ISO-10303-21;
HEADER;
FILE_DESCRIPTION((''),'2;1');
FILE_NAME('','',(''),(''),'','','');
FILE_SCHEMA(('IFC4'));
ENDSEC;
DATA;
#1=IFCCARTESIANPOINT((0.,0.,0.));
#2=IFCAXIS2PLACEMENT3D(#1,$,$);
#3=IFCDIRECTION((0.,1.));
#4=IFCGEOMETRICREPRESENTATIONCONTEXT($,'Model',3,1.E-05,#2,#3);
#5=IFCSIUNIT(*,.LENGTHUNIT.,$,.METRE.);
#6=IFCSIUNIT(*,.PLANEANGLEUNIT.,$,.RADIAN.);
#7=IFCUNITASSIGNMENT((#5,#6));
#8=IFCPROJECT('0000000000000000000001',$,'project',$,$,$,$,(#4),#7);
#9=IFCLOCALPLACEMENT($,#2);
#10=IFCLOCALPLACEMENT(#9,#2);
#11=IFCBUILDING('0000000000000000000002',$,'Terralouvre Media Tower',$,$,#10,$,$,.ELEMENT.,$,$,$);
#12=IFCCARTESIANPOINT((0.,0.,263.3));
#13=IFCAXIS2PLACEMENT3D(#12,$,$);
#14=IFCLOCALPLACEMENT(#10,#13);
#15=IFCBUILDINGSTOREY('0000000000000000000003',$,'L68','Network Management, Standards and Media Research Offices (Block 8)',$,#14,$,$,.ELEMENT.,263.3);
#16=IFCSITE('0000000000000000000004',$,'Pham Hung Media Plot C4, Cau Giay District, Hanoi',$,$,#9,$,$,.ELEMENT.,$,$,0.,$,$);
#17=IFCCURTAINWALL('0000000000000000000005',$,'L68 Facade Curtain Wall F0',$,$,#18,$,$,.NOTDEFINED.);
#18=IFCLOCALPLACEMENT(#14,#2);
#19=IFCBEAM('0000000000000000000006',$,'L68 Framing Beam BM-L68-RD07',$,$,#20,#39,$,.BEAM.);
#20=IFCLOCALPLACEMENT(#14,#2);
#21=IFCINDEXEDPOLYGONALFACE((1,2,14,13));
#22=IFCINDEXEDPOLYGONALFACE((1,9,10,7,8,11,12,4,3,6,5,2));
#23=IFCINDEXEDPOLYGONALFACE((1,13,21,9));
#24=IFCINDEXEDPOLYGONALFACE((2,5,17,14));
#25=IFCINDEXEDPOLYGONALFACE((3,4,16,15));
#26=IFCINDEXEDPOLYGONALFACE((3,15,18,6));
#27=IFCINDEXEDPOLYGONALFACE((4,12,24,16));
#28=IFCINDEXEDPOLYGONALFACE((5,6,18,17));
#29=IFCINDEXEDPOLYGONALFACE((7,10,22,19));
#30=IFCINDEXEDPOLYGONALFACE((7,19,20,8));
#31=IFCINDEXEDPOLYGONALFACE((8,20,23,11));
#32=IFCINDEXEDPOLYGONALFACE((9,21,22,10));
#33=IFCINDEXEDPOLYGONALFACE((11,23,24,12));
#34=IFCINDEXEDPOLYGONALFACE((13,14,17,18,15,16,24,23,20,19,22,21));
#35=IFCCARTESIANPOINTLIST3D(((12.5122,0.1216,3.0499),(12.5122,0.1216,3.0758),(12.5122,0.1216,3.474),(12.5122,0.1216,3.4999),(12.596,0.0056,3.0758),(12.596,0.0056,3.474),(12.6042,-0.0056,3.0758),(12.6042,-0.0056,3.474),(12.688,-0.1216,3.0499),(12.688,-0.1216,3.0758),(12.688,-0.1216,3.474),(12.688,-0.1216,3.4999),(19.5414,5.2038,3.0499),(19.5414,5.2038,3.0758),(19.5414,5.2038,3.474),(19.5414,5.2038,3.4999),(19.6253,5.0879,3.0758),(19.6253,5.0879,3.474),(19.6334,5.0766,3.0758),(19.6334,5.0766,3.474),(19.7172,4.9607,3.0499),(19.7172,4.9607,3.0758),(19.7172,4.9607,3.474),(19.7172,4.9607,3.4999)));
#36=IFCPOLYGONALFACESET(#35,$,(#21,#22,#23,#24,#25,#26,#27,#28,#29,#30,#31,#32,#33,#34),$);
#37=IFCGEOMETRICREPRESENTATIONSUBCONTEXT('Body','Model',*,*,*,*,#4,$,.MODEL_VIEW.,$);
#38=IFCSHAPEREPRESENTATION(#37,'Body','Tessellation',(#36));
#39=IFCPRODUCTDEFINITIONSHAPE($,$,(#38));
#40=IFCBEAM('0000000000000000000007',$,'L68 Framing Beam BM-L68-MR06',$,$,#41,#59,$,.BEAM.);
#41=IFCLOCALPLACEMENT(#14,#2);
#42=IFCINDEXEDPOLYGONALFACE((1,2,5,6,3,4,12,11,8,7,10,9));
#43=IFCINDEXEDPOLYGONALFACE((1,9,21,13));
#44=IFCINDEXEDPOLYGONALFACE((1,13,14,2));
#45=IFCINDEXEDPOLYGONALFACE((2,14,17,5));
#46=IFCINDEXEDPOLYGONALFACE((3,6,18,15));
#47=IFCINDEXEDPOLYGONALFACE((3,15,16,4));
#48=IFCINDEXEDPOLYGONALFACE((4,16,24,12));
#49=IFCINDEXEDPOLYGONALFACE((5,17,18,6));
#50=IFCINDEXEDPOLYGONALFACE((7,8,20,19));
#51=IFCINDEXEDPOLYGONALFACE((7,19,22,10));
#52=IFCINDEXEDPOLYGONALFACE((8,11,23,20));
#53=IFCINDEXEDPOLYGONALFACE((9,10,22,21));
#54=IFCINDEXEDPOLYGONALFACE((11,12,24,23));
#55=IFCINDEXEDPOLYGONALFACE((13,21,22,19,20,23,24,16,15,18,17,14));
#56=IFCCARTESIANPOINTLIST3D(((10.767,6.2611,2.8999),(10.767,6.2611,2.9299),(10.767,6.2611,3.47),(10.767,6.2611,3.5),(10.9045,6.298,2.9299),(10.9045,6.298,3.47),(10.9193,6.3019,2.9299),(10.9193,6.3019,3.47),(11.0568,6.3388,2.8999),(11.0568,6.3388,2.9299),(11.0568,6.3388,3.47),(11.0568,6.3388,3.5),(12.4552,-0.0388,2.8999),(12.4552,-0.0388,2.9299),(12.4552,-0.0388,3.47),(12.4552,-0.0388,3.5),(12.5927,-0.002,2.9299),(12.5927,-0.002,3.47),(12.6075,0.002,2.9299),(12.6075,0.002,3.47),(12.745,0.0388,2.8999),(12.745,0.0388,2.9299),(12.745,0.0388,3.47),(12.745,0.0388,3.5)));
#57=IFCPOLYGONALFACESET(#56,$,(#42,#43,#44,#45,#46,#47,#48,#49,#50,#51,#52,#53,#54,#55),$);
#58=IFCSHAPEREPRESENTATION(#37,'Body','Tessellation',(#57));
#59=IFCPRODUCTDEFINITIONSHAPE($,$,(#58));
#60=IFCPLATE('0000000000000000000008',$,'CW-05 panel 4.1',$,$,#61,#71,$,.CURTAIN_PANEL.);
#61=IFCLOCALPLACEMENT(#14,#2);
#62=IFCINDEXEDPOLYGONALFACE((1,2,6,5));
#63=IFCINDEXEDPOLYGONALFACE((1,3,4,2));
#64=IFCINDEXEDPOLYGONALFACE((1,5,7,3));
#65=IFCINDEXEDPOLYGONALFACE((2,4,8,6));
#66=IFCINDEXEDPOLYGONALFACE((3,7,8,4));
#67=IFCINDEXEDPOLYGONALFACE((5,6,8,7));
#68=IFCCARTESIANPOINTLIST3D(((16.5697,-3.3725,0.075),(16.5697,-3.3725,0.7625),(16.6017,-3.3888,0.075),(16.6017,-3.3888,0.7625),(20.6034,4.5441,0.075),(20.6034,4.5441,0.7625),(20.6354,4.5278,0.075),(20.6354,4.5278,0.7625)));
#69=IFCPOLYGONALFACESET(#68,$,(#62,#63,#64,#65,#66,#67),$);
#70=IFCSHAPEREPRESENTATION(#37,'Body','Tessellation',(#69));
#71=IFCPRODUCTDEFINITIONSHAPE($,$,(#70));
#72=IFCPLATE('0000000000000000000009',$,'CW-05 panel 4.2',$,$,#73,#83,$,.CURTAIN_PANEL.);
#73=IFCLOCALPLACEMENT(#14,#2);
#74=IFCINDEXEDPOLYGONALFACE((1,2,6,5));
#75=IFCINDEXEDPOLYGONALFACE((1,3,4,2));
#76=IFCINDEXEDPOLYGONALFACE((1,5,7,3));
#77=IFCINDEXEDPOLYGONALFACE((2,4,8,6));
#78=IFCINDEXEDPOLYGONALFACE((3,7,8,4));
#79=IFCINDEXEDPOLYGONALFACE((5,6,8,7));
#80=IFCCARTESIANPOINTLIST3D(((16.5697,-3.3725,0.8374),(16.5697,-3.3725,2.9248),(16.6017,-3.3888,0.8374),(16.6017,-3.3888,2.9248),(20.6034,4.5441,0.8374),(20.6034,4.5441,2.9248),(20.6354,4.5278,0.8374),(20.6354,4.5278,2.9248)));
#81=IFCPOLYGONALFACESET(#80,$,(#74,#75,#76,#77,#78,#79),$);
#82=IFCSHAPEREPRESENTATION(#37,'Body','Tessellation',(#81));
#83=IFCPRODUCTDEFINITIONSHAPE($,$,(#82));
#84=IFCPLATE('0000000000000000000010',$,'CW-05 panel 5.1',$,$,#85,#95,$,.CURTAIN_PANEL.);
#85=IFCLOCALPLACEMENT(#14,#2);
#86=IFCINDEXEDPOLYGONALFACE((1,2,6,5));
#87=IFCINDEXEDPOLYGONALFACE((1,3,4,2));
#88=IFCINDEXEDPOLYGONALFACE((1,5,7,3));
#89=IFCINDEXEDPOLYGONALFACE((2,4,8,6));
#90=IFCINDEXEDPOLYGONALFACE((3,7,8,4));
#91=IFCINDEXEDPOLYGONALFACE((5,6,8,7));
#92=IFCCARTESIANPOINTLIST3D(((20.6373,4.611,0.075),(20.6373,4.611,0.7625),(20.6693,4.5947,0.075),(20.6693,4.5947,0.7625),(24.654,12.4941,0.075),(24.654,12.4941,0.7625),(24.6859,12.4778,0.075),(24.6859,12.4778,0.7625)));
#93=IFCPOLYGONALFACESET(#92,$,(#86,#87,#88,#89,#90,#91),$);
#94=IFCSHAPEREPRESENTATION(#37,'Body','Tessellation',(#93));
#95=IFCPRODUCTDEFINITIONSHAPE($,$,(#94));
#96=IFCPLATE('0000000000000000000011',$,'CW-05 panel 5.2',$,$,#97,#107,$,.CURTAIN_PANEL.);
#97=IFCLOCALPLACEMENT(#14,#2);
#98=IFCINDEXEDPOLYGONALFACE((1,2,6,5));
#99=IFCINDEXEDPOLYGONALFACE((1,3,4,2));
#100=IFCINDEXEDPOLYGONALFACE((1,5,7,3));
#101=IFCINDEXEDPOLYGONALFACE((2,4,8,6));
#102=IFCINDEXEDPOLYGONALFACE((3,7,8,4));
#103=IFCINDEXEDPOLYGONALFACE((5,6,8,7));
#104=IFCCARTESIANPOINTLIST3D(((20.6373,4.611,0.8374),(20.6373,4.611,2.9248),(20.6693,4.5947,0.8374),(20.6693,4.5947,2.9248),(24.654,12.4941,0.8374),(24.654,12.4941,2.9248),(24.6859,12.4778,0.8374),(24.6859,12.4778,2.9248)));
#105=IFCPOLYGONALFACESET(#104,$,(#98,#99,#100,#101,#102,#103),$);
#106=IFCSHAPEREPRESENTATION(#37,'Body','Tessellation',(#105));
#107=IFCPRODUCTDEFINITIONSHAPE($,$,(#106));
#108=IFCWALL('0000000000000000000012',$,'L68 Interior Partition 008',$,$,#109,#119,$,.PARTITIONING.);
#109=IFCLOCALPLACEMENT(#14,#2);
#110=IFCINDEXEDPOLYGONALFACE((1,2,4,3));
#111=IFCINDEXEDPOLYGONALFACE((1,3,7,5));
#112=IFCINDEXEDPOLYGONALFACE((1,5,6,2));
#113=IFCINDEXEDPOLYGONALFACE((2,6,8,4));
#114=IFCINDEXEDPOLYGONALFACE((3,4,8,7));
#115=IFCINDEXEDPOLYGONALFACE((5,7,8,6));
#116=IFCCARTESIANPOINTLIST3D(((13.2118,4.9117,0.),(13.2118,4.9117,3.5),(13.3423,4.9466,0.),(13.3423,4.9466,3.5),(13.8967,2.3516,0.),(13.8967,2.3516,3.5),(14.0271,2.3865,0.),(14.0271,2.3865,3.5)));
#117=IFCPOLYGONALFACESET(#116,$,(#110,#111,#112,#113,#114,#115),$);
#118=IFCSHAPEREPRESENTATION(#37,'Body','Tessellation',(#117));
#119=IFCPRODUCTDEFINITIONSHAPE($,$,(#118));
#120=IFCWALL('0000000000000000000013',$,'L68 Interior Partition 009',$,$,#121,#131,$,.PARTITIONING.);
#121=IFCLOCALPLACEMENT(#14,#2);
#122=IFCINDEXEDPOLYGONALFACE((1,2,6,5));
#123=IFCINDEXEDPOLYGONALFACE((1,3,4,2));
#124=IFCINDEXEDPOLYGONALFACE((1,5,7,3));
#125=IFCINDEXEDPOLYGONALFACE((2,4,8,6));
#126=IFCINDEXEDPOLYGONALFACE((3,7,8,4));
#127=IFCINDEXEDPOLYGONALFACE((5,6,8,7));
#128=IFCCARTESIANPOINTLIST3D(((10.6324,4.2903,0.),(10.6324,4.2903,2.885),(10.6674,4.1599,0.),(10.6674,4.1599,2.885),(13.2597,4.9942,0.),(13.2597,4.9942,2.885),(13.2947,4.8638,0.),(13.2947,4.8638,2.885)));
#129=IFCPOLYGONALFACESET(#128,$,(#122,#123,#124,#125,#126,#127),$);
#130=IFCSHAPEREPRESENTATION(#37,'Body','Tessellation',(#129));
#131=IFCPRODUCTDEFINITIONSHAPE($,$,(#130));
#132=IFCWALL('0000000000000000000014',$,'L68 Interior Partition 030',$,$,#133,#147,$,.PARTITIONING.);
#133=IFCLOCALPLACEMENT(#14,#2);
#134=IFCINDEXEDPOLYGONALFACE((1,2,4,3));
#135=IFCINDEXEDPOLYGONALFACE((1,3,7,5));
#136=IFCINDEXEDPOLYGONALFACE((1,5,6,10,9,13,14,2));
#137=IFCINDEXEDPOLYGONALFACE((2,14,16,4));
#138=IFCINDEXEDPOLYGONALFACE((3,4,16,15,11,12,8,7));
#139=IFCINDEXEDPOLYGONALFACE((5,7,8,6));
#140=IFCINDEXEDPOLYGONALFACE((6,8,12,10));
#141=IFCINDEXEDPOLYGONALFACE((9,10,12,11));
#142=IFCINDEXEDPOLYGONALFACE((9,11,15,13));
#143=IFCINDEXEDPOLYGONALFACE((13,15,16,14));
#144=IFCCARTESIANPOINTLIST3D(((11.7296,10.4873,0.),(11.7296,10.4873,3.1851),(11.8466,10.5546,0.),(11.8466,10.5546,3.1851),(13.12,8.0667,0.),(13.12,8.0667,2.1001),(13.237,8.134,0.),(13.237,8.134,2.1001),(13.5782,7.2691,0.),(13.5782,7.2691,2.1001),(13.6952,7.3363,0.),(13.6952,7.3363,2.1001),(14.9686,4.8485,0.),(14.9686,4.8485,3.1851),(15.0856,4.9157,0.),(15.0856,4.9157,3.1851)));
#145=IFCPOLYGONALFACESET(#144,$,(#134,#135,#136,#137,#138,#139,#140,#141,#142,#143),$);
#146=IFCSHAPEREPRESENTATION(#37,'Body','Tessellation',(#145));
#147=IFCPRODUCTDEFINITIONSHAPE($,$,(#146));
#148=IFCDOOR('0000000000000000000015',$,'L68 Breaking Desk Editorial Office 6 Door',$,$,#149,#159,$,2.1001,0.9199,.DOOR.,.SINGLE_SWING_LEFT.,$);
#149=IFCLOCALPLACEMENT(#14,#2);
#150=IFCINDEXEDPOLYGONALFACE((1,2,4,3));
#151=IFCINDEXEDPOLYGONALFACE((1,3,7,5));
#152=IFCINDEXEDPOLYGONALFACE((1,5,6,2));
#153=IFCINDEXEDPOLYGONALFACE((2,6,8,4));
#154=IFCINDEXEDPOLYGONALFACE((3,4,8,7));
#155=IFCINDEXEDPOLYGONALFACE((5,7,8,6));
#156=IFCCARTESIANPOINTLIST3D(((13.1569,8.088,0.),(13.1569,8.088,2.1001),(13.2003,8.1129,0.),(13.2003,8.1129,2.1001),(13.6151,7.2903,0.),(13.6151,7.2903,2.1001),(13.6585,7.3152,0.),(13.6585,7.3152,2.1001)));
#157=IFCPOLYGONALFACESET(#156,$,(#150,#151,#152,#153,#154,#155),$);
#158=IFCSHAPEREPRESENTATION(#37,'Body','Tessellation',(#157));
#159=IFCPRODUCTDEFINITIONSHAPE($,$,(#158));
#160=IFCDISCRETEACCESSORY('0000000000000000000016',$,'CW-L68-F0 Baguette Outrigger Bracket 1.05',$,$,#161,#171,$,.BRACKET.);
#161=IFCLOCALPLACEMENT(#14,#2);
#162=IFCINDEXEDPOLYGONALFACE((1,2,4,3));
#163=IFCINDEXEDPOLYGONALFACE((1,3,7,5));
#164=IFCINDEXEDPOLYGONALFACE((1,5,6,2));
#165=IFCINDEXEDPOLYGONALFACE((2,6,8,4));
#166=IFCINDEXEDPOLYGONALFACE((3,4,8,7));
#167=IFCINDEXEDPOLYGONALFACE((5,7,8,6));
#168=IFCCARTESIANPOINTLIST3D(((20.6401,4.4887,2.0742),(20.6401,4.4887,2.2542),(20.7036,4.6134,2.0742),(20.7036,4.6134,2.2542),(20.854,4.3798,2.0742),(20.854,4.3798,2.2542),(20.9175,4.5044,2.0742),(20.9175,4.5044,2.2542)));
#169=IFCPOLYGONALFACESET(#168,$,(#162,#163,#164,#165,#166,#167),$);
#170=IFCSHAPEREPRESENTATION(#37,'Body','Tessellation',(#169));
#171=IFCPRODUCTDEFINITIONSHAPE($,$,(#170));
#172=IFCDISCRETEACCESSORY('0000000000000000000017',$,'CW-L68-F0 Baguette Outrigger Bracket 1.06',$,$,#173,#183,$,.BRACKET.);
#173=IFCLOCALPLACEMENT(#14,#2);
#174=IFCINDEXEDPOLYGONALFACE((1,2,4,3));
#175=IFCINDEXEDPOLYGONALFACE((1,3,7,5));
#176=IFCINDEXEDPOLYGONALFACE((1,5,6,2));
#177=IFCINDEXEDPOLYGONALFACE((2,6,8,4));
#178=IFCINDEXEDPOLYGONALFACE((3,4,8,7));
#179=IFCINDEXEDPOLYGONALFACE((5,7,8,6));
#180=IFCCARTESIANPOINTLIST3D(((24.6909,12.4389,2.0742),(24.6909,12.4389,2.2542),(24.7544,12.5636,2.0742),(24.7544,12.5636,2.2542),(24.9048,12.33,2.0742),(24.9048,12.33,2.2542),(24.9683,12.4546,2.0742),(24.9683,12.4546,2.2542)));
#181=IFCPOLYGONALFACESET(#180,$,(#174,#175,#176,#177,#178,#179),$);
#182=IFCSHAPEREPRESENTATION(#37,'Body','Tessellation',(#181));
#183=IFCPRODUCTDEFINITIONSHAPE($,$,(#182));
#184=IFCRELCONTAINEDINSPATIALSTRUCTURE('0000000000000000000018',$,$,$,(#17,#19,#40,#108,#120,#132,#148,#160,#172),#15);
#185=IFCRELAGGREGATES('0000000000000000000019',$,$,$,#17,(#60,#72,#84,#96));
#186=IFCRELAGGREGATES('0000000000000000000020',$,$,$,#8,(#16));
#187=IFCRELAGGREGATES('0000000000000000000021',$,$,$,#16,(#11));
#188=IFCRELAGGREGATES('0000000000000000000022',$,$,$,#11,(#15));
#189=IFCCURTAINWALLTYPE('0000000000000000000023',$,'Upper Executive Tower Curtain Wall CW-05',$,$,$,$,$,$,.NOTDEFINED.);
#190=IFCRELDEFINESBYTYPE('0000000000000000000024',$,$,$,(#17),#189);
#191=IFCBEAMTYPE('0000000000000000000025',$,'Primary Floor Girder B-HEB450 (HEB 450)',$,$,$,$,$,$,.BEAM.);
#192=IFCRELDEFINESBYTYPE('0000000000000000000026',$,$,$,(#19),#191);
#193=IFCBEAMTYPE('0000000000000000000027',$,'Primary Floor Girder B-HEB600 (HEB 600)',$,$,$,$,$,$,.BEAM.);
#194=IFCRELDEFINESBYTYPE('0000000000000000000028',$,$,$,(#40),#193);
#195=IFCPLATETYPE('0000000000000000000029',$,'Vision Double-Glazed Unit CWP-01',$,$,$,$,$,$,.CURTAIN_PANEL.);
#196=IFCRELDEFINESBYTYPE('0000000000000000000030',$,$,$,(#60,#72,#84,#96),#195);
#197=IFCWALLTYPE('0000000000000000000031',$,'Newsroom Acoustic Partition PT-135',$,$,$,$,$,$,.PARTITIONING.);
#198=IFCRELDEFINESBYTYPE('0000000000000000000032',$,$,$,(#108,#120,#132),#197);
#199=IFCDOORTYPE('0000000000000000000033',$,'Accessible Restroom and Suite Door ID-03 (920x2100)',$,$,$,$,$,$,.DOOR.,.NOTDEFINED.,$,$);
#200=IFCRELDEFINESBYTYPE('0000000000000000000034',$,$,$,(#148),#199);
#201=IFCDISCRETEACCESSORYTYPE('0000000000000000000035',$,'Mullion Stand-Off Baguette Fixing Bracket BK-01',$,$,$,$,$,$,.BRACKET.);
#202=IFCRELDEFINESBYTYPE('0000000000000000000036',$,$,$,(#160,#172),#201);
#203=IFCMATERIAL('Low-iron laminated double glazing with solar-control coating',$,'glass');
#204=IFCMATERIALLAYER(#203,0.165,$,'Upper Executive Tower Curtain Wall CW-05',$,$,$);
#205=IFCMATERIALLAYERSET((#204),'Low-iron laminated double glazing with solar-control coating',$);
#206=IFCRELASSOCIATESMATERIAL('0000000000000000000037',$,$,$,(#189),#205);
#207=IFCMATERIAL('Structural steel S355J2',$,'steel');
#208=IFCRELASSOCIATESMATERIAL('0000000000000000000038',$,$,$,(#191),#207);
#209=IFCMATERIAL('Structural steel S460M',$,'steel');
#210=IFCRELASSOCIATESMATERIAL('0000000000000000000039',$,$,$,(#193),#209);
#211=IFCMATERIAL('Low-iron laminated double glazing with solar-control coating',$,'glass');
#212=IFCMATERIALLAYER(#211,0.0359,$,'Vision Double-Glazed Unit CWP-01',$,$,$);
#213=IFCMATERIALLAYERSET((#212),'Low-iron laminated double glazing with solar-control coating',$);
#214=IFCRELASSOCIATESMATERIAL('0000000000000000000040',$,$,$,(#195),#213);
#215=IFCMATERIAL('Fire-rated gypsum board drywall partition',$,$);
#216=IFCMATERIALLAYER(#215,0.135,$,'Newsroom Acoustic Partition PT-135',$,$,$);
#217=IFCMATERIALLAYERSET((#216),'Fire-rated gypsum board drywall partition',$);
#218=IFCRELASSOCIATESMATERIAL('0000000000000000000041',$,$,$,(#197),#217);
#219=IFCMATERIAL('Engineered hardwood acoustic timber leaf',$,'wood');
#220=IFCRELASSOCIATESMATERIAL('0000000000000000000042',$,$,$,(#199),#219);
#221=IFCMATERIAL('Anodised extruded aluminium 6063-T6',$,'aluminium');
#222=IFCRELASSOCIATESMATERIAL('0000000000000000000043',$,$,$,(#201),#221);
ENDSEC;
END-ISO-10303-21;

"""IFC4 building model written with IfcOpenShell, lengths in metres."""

from ifc_helpers import new_model, si_unit, direction, frame, frame_2d, origin, origin_2d, place, context, subcontext, project, spatial, rectangle, i_section, extrude, material, layer, layer_set, material_profile, profile_set, type_object, element, fill, aggregate, save


model = new_model("IFC4")

# Units and contexts
model_context = context("Model", 3, precision=1e-05, world=origin(), true_north=direction((0.0, 1.0)))
body_context = subcontext(model_context, "Body", "Model", "MODEL_VIEW")
ifc_project = project(units=[si_unit("LENGTHUNIT", "METRE"), si_unit("PLANEANGLEUNIT", "RADIAN")], contexts=[model_context])

# Site, building, storey
site_placement = place(None, origin())
site = spatial("IfcSite", under=ifc_project, at=site_placement, Name="Pham Hung Media Plot C4, Cau Giay District, Hanoi", CompositionType="ELEMENT", RefElevation=0.0)
building_placement = place(site_placement, origin())
building = spatial("IfcBuilding", under=site, at=building_placement, Name="Terralouvre Media Tower", CompositionType="ELEMENT")
storey_placement = place(building_placement, frame((0.0, 0.0, 263.3)))
storey = spatial("IfcBuildingStorey", under=building, at=storey_placement, Name="L68", Description="Network Management, Standards and Media Research Offices (Block 8)", CompositionType="ELEMENT", Elevation=263.3)

# Curtain wall
ifc_material_1 = material(Name="Low-iron laminated double glazing with solar-control coating", Category="glass")
ifc_layer_1 = layer(ifc_material_1, 0.165, Name="Upper Executive Tower Curtain Wall CW-05")
ifc_layer_set_1 = layer_set([ifc_layer_1], Name="Low-iron laminated double glazing with solar-control coating")
curtain_wall_type_1 = type_object("IfcCurtainWallType", Name="Upper Executive Tower Curtain Wall CW-05", PredefinedType="NOTDEFINED", material=ifc_layer_set_1)
curtain_wall_1_placement = place(storey_placement, origin())
curtain_wall_1 = element("IfcCurtainWall", 1, at=curtain_wall_1_placement, inside=storey, type_object=curtain_wall_type_1, Name="L68 Facade Curtain Wall F0", PredefinedType="NOTDEFINED")

# Beams
ifc_material_2 = material(Name="Structural steel S355J2", Category="steel")
ifc_material_profile_1 = material_profile(ifc_material_2, i_section(OverallWidth=0.3, OverallDepth=0.45, WebThickness=0.0139, FlangeThickness=0.0259, at=origin_2d()), Name="HEB 450")
ifc_profile_set_1 = profile_set([ifc_material_profile_1], Name="Structural steel S355J2")
beam_type_1 = type_object("IfcBeamType", Name="Primary Floor Girder B-HEB450 (HEB 450)", PredefinedType="BEAM", material=ifc_profile_set_1)
beam_1_placement = place(storey_placement, frame((12.6001, 0.0, 3.2749), z_axis=(0.810375, 0.585912, 0.0), x_axis=(-0.585912, 0.810375, 0.0)))
element("IfcBeam", 2, at=beam_1_placement, inside=storey, type_object=beam_type_1, Name="L68 Framing Beam BM-L68-RD07", PredefinedType="BEAM", context=body_context, shape_type="SweptSolid", body=[
    extrude(i_section(OverallWidth=0.3, OverallDepth=0.45, WebThickness=0.0139, FlangeThickness=0.0259, at=origin_2d()), origin(), (0.0, 0.0, 1.0), 8.6741),
])
ifc_material_3 = material(Name="Structural steel S460M", Category="steel")
ifc_material_profile_2 = material_profile(ifc_material_3, i_section(OverallWidth=0.3, OverallDepth=0.6001, WebThickness=0.0154, FlangeThickness=0.03, at=origin_2d()), Name="HEB 600")
ifc_profile_set_2 = profile_set([ifc_material_profile_2], Name="Structural steel S460M")
beam_type_2 = type_object("IfcBeamType", Name="Primary Floor Girder B-HEB600 (HEB 600)", PredefinedType="BEAM", material=ifc_profile_set_2)
beam_2_placement = place(storey_placement, frame((12.6001, 0.0, 3.2), z_axis=(-0.258839, 0.96592, 0.0), x_axis=(-0.96592, -0.258839, 0.0)))
element("IfcBeam", 3, at=beam_2_placement, inside=storey, type_object=beam_type_2, Name="L68 Framing Beam BM-L68-MR06", PredefinedType="BEAM", context=body_context, shape_type="SweptSolid", body=[
    extrude(i_section(OverallWidth=0.3, OverallDepth=0.6001, WebThickness=0.0154, FlangeThickness=0.03, at=origin_2d()), origin(), (0.0, 0.0, 1.0), 6.5222),
])

# Plates
ifc_material_4 = material(Name="Low-iron laminated double glazing with solar-control coating", Category="glass")
ifc_layer_2 = layer(ifc_material_4, 0.0359, Name="Vision Double-Glazed Unit CWP-01")
ifc_layer_set_2 = layer_set([ifc_layer_2], Name="Low-iron laminated double glazing with solar-control coating")
plate_type = type_object("IfcPlateType", Name="Vision Double-Glazed Unit CWP-01", PredefinedType="CURTAIN_PANEL", material=ifc_layer_set_2)
plate_1_placement = place(storey_placement, frame((18.6025, 0.5776, 0.075), z_axis=(0.0, 0.0, 1.0), x_axis=(0.45399, 0.891007, 0.0)))
plate_1 = element("IfcPlate", 4, at=plate_1_placement, type_object=plate_type, Name="CW-05 panel 4.1", PredefinedType="CURTAIN_PANEL", context=body_context, shape_type="SweptSolid", body=[
    extrude(rectangle(XDim=8.885, YDim=0.0359, at=origin_2d()), origin(), (0.0, 0.0, 1.0), 0.6875),
])
plate_2_placement = place(storey_placement, frame((18.6025, 0.5776, 0.8374), z_axis=(0.0, 0.0, 1.0), x_axis=(0.45399, 0.891007, 0.0)))
plate_2 = element("IfcPlate", 5, at=plate_2_placement, type_object=plate_type, Name="CW-05 panel 4.2", PredefinedType="CURTAIN_PANEL", context=body_context, shape_type="SweptSolid", body=[
    extrude(rectangle(XDim=8.885, YDim=0.0359, at=origin_2d()), origin(), (0.0, 0.0, 1.0), 2.0874),
])
plate_3_placement = place(storey_placement, frame((22.6616, 8.5444, 0.075), z_axis=(0.0, 0.0, 1.0), x_axis=(0.45399, 0.891007, 0.0)))
plate_3 = element("IfcPlate", 6, at=plate_3_placement, type_object=plate_type, Name="CW-05 panel 5.1", PredefinedType="CURTAIN_PANEL", context=body_context, shape_type="SweptSolid", body=[
    extrude(rectangle(XDim=8.8474, YDim=0.0359, at=origin_2d()), origin(), (0.0, 0.0, 1.0), 0.6875),
])
plate_4_placement = place(storey_placement, frame((22.6616, 8.5444, 0.8374), z_axis=(0.0, 0.0, 1.0), x_axis=(0.45399, 0.891007, 0.0)))
plate_4 = element("IfcPlate", 7, at=plate_4_placement, type_object=plate_type, Name="CW-05 panel 5.2", PredefinedType="CURTAIN_PANEL", context=body_context, shape_type="SweptSolid", body=[
    extrude(rectangle(XDim=8.8474, YDim=0.0359, at=origin_2d()), origin(), (0.0, 0.0, 1.0), 2.0874),
])
aggregate(curtain_wall_1, [plate_1, plate_2, plate_3, plate_4])

# Walls
ifc_material_5 = material(Name="Fire-rated gypsum board drywall partition")
ifc_layer_3 = layer(ifc_material_5, 0.135, Name="Newsroom Acoustic Partition PT-135")
ifc_layer_set_3 = layer_set([ifc_layer_3], Name="Fire-rated gypsum board drywall partition")
wall_type = type_object("IfcWallType", Name="Newsroom Acoustic Partition PT-135", PredefinedType="PARTITIONING", material=ifc_layer_set_3)
wall_1_placement = place(storey_placement, frame((13.9619, 2.3689, 0.0), z_axis=(0.0, 0.0, 1.0), x_axis=(-0.258414, 0.966034, 0.0)))
element("IfcWall", 8, at=wall_1_placement, inside=storey, type_object=wall_type, Name="L68 Interior Partition 008", PredefinedType="PARTITIONING", context=body_context, shape_type="SweptSolid", body=[
    extrude(rectangle(XDim=2.6501, YDim=0.135, at=frame_2d((1.3252, 0.0))), origin(), (0.0, 0.0, 1.0), 3.5),
])
wall_2_placement = place(storey_placement, frame((13.2771, 4.929, 0.0), z_axis=(0.0, 0.0, 1.0), x_axis=(-0.965935, -0.258785, 0.0)))
element("IfcWall", 9, at=wall_2_placement, inside=storey, type_object=wall_type, Name="L68 Interior Partition 009", PredefinedType="PARTITIONING", context=body_context, shape_type="SweptSolid", body=[
    extrude(rectangle(XDim=2.72, YDim=0.135, at=frame_2d((1.3599, 0.0))), origin(), (0.0, 0.0, 1.0), 2.885),
])

# Wall, opening, door
wall_3_placement = place(storey_placement, frame((15.0271, 4.8821, 0.0), z_axis=(0.0, 0.0, 1.0), x_axis=(-0.498082, 0.86713, 0.0)))
wall_3 = element("IfcWall", 10, at=wall_3_placement, inside=storey, type_object=wall_type, Name="L68 Interior Partition 030", PredefinedType="PARTITIONING", context=body_context, shape_type="SweptSolid", body=[
    extrude(rectangle(XDim=6.5029, YDim=0.135, at=frame_2d((3.2515, 0.0))), origin(), (0.0, 0.0, 1.0), 3.1851),
])
opening_placement = place(wall_3_placement, frame((2.7915, 0.0, 0.0)))
opening = element("IfcOpeningElement", 11, at=opening_placement, cuts=wall_3, PredefinedType="OPENING", context=body_context, shape_type="SweptSolid", body=[
    extrude(rectangle(XDim=0.9199, YDim=2.1001, at=frame_2d((0.46, 1.05))), frame((0.0, 0.0774, 0.0), z_axis=(0.0, -1.0, 0.0), x_axis=(1.0, 0.0, 0.0)), (0.0, 0.0, 1.0), 0.155),
])
ifc_material_6 = material(Name="Engineered hardwood acoustic timber leaf", Category="wood")
door_type = type_object("IfcDoorType", Name="Accessible Restroom and Suite Door ID-03 (920x2100)", OperationType="NOTDEFINED", PredefinedType="DOOR", material=ifc_material_6)
door_placement = place(opening_placement, origin())
door = element("IfcDoor", 12, at=door_placement, inside=storey, type_object=door_type, Name="L68 Breaking Desk Editorial Office 6 Door", OperationType="SINGLE_SWING_LEFT", OverallHeight=2.1001, OverallWidth=0.9199, PredefinedType="DOOR", context=body_context, shape_type="SweptSolid", body=[
    extrude(rectangle(XDim=0.9199, YDim=2.1001, at=frame_2d((0.46, 1.05))), frame((0.0, 0.0249, 0.0), z_axis=(0.0, -1.0, 0.0), x_axis=(1.0, 0.0, 0.0)), (0.0, 0.0, 1.0), 0.05),
])
fill(opening, door)

# Discrete accessories
ifc_material_7 = material(Name="Anodised extruded aluminium 6063-T6", Category="aluminium")
discrete_accessory_type = type_object("IfcDiscreteAccessoryType", Name="Mullion Stand-Off Baguette Fixing Bracket BK-01", PredefinedType="BRACKET", material=ifc_material_7)
for number, where, z_axis, x_axis, name in (
    (13, (20.7788, 4.4966, 2.0742), (0.0, 0.0, 1.0), (0.45399, 0.891007, 0.0), "CW-L68-F0 Baguette Outrigger Bracket 1.05"),
    (14, (24.8296, 12.4468, 2.0742), (0.0, 0.0, 1.0), (0.45399, 0.891007, 0.0), "CW-L68-F0 Baguette Outrigger Bracket 1.06"),
):
    element("IfcDiscreteAccessory", number, at=place(storey_placement, frame(where, z_axis=z_axis, x_axis=x_axis)), inside=storey, type_object=discrete_accessory_type, Name=name, PredefinedType="BRACKET", context=body_context, shape_type="SweptSolid", body=[
        extrude(rectangle(XDim=0.1399, YDim=0.24, at=origin_2d()), origin(), (0.0, 0.0, 1.0), 0.1799),
    ])

save(model, "model.ifc")
